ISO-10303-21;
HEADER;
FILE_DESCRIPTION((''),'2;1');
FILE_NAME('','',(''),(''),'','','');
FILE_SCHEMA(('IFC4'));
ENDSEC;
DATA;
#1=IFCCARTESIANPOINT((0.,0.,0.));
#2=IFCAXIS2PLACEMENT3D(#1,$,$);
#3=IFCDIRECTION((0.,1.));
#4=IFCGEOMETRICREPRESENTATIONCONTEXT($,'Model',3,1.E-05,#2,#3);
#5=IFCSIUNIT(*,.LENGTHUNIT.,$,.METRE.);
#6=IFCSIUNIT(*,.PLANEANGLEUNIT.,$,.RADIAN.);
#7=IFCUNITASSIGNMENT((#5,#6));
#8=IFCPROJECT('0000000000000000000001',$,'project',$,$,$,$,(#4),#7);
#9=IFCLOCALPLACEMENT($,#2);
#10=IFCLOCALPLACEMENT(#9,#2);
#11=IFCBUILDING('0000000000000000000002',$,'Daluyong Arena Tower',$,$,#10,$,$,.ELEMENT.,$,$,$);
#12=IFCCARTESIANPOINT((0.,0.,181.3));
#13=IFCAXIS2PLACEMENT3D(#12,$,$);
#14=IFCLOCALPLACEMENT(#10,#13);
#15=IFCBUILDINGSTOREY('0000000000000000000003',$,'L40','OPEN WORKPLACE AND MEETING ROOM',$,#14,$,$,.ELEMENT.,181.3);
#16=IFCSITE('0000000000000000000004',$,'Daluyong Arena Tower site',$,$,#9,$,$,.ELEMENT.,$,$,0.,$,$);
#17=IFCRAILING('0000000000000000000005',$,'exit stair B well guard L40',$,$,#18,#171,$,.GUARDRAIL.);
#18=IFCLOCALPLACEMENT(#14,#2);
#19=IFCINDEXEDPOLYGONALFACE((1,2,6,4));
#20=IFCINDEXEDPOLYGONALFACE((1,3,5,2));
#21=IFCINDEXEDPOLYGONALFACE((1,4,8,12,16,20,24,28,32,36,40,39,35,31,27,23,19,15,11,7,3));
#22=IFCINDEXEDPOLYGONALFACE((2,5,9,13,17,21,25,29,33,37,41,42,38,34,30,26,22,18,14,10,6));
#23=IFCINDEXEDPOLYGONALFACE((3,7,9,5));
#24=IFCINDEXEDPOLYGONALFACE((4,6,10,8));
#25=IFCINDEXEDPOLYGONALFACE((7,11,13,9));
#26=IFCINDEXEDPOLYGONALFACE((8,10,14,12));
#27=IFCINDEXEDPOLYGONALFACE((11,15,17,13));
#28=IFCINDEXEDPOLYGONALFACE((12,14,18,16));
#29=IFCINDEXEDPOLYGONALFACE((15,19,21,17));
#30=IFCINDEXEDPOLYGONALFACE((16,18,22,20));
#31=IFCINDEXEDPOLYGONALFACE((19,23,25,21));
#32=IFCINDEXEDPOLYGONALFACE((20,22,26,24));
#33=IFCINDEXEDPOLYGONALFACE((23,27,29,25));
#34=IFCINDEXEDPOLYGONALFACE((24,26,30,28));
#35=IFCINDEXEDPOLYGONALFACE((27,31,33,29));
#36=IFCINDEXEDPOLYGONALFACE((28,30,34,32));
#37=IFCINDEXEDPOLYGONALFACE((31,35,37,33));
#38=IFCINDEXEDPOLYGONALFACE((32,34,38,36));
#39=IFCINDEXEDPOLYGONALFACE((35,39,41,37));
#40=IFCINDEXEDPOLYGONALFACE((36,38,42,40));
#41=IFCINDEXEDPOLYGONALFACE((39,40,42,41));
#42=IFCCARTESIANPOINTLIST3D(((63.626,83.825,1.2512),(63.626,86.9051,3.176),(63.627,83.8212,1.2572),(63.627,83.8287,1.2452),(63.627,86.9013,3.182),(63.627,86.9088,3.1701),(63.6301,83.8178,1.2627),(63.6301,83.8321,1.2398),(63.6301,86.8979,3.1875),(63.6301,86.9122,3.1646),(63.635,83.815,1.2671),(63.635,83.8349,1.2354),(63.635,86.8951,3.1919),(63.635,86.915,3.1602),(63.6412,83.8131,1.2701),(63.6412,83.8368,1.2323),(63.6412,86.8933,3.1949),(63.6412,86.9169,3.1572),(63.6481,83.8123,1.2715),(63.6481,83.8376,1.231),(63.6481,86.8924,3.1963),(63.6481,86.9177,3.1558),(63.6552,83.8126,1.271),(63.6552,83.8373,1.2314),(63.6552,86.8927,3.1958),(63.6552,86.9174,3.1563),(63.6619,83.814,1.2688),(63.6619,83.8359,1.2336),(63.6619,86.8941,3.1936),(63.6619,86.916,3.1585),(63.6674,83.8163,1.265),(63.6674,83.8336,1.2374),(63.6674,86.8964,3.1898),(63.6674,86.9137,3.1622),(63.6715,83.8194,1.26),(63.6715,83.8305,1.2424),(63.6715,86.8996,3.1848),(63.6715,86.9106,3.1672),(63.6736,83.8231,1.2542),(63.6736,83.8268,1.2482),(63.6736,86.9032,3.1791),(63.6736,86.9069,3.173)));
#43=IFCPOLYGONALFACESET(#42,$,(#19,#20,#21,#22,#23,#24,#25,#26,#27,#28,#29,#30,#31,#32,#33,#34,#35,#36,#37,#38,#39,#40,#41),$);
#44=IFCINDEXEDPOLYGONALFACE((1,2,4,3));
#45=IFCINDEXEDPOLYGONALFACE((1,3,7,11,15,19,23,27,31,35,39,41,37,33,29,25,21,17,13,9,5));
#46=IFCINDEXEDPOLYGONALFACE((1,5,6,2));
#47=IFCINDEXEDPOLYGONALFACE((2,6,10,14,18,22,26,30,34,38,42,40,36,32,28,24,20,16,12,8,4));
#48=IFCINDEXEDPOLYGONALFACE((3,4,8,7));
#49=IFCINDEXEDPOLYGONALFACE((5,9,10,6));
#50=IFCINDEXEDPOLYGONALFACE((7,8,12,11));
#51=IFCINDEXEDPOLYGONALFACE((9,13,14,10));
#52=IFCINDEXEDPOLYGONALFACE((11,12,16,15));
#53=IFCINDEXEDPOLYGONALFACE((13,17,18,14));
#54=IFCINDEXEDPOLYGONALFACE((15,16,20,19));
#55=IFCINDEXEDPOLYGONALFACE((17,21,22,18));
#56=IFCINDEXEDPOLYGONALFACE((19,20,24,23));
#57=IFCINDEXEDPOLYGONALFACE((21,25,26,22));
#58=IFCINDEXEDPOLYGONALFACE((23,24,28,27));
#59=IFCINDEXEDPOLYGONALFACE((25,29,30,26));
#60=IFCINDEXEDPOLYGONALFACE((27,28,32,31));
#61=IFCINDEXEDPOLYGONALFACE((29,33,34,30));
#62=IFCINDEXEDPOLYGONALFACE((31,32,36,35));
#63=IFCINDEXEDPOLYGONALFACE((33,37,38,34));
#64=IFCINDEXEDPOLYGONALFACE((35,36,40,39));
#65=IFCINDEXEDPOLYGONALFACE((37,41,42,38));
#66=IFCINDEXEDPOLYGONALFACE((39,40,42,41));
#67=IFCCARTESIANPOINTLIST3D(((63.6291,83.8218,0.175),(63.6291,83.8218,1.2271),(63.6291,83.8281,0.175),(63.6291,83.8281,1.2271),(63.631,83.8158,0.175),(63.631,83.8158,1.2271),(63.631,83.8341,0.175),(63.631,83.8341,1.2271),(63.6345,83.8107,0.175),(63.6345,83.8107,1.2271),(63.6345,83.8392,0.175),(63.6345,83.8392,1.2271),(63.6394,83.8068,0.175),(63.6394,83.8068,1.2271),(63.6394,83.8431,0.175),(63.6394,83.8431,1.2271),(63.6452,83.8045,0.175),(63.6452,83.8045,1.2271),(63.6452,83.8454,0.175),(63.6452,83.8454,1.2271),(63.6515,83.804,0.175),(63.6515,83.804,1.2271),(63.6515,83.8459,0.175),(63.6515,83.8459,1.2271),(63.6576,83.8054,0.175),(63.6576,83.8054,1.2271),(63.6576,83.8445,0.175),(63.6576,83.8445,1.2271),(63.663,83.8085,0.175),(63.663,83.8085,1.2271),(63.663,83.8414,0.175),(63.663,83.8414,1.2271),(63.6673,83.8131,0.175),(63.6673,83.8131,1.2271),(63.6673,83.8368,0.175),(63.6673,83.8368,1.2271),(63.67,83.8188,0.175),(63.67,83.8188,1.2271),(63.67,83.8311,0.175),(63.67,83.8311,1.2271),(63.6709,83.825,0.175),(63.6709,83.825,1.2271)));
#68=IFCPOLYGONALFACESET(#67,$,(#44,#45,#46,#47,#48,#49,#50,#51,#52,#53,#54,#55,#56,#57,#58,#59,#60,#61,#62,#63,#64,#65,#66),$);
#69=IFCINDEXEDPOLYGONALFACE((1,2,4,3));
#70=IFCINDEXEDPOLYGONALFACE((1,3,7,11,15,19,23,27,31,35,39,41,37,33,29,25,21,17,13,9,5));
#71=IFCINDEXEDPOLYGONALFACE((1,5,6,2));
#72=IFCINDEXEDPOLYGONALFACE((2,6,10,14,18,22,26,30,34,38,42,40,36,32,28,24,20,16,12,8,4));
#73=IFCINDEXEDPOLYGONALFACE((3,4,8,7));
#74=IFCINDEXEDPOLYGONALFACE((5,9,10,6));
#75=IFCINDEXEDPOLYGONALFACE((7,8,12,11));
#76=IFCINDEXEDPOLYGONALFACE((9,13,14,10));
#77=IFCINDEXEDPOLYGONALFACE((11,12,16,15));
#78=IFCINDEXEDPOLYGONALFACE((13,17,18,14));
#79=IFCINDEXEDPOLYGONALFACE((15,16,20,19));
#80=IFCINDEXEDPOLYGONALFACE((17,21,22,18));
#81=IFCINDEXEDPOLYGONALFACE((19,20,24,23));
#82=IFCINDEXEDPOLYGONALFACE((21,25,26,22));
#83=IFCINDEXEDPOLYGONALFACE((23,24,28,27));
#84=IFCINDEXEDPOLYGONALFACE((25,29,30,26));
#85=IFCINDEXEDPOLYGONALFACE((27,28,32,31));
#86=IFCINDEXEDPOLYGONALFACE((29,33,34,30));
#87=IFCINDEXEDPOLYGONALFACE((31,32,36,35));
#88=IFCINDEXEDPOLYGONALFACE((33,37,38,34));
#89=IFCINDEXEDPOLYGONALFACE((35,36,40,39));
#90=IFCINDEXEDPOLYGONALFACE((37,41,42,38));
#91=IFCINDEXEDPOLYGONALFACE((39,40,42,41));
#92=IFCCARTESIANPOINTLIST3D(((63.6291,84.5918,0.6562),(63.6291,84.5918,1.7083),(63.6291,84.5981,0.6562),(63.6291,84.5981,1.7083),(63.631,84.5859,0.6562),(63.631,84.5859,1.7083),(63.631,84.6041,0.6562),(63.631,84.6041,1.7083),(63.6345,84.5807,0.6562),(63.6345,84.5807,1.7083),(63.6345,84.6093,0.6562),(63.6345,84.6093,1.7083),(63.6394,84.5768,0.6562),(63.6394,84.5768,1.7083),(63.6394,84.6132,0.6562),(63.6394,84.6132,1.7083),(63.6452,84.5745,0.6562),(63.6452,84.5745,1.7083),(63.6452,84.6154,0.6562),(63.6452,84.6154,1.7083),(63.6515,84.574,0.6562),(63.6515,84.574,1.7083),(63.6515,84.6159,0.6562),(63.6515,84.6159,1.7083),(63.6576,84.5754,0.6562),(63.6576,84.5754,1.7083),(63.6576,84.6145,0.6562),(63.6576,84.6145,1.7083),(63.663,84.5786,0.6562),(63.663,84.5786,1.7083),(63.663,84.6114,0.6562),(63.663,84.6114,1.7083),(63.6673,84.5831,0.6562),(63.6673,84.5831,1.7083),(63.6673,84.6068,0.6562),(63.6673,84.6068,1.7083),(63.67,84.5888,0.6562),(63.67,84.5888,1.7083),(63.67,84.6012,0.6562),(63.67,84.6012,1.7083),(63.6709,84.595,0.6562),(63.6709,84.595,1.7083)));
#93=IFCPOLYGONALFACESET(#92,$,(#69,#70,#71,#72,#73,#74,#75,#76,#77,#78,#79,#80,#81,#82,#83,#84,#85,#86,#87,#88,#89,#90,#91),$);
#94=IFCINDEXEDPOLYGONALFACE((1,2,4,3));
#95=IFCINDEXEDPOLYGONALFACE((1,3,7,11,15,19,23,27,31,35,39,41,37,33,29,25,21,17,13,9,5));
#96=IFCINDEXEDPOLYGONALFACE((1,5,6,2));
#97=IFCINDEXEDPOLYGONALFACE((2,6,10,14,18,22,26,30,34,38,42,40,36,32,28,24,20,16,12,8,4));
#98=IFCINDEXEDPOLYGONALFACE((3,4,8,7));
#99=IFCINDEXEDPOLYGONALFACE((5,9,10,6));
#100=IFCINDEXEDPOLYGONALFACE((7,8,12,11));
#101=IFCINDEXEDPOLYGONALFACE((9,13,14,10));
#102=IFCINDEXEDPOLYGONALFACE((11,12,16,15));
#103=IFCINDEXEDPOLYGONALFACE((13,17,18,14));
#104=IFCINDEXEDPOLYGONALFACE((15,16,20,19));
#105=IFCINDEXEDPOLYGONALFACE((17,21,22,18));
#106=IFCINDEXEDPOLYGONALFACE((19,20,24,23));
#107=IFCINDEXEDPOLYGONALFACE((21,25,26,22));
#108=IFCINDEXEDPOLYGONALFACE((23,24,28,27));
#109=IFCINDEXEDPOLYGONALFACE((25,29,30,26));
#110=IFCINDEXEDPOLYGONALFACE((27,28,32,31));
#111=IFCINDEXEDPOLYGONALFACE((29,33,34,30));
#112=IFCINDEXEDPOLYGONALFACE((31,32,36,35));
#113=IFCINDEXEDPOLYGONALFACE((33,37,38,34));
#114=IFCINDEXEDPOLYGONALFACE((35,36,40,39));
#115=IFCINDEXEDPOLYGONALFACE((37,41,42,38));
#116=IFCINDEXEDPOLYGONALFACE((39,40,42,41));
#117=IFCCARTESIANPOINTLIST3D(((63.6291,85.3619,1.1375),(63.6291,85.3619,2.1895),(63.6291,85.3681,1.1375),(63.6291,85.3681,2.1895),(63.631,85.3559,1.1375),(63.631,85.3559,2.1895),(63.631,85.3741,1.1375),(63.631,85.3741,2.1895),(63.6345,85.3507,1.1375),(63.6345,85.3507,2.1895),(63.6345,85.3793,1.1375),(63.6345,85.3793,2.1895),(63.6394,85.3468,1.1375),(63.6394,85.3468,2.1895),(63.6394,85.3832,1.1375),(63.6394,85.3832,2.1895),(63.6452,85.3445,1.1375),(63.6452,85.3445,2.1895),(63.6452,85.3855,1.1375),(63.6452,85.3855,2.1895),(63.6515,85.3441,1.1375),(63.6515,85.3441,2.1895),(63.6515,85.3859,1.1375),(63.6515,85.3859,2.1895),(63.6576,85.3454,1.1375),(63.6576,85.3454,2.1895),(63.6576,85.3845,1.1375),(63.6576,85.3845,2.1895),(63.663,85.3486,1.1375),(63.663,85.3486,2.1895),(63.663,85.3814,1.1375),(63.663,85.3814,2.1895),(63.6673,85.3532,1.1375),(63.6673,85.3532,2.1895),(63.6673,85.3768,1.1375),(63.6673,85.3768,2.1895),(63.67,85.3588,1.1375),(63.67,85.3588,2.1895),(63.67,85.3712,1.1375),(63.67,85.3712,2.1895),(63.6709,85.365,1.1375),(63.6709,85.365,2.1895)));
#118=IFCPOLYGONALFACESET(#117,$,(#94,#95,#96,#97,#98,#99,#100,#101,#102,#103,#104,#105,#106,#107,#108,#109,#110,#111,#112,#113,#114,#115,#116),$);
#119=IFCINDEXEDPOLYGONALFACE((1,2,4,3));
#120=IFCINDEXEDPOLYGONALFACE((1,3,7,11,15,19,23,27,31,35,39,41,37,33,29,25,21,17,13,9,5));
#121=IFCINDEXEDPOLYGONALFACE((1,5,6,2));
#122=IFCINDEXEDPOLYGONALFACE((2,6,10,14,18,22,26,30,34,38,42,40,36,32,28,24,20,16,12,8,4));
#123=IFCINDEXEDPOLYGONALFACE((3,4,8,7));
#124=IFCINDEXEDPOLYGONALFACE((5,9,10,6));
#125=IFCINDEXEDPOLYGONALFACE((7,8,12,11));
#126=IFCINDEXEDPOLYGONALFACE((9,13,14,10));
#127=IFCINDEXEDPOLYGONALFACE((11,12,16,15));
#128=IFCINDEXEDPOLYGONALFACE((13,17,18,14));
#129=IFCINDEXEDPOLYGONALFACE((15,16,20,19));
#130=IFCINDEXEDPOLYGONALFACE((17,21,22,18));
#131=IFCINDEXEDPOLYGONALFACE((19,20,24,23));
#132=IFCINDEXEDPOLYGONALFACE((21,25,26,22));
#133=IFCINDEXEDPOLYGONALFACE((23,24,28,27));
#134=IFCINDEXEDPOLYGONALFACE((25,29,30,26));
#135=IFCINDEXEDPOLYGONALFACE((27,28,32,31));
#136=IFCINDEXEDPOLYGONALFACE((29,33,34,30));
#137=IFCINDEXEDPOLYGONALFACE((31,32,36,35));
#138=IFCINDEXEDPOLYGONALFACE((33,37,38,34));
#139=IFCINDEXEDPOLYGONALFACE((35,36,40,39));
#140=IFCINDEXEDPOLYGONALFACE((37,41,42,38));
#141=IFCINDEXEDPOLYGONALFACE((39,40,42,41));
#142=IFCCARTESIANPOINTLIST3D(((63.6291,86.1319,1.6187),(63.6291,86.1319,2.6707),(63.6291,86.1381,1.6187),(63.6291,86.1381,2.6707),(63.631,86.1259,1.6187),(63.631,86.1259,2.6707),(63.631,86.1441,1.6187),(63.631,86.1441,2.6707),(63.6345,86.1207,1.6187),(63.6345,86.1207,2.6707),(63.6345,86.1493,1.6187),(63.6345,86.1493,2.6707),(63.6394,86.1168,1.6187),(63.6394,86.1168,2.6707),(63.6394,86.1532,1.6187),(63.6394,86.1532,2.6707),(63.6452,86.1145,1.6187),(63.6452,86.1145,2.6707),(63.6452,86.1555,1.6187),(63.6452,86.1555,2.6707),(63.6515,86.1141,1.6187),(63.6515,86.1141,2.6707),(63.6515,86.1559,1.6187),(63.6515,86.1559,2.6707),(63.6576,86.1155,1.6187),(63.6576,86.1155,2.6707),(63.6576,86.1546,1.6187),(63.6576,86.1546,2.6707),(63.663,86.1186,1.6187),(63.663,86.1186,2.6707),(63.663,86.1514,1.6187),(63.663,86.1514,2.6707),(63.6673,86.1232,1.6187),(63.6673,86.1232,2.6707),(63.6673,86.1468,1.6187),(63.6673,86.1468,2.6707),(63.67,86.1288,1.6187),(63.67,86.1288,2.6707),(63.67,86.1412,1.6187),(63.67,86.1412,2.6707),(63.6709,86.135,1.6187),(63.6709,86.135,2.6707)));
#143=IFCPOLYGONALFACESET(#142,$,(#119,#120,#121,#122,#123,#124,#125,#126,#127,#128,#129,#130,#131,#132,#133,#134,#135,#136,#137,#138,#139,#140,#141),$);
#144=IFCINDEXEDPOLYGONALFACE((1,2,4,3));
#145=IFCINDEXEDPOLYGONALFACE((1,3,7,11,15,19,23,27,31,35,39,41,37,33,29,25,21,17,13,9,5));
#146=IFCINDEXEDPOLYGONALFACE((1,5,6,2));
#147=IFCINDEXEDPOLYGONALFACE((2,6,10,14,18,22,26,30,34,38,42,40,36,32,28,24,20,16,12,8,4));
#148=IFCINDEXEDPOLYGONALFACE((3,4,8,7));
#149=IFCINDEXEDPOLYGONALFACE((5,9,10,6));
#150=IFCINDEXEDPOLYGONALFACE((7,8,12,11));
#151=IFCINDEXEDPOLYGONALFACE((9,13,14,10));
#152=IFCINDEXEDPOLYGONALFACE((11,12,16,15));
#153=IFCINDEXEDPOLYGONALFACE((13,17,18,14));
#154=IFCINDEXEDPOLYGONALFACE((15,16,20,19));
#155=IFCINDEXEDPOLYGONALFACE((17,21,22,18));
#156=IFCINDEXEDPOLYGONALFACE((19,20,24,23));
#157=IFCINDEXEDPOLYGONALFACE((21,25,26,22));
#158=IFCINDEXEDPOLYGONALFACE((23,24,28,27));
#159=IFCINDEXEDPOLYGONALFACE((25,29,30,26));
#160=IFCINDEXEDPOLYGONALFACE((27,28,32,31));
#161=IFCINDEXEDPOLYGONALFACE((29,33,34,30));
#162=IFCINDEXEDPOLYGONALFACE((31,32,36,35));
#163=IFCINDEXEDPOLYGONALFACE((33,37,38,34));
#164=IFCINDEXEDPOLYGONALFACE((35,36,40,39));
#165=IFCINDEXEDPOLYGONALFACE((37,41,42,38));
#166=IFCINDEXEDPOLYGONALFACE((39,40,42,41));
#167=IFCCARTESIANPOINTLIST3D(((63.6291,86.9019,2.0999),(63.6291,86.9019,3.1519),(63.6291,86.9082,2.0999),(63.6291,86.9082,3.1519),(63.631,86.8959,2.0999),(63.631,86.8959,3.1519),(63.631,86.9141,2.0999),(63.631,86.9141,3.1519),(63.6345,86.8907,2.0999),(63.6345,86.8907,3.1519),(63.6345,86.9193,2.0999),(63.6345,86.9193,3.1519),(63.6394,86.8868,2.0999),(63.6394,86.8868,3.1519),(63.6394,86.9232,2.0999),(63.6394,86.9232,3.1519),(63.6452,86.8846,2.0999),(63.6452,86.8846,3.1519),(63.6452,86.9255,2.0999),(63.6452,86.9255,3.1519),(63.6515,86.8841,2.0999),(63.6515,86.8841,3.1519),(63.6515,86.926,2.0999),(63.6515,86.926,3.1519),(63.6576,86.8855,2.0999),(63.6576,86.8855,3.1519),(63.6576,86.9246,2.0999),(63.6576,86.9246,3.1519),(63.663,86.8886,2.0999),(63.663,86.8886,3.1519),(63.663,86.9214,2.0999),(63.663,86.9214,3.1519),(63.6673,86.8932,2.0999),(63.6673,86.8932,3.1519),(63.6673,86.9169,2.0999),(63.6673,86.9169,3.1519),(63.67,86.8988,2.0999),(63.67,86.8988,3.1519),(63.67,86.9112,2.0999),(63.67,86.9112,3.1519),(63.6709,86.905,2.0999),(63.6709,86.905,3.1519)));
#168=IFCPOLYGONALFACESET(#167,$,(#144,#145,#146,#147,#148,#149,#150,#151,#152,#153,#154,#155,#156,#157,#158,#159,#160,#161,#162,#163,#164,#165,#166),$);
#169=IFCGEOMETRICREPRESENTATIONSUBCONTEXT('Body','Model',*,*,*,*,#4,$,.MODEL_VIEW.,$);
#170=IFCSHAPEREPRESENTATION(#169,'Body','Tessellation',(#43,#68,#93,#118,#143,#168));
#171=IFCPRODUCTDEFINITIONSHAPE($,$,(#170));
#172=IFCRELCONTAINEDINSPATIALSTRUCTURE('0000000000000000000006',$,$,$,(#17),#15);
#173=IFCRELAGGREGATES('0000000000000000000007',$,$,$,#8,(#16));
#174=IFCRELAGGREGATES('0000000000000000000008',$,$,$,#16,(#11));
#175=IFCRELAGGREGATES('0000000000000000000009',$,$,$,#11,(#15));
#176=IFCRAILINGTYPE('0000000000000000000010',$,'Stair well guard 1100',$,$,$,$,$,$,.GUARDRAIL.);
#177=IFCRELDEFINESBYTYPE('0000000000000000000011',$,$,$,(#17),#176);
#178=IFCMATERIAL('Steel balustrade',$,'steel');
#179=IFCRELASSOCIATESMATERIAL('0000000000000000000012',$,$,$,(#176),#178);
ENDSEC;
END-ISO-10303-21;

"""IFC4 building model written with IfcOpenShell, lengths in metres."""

from ifc_helpers import new_model, si_unit, direction, frame, origin, origin_2d, place, context, subcontext, project, spatial, circle, extrude, material, type_object, element, save


model = new_model("IFC4")

# Units and contexts
model_context = context("Model", 3, precision=1e-05, world=origin(), true_north=direction((0.0, 1.0)))
body_context = subcontext(model_context, "Body", "Model", "MODEL_VIEW")
ifc_project = project(units=[si_unit("LENGTHUNIT", "METRE"), si_unit("PLANEANGLEUNIT", "RADIAN")], contexts=[model_context])

# Site, building, storey
site_placement = place(None, origin())
site = spatial("IfcSite", under=ifc_project, at=site_placement, Name="Daluyong Arena Tower site", CompositionType="ELEMENT", RefElevation=0.0)
building_placement = place(site_placement, origin())
building = spatial("IfcBuilding", under=site, at=building_placement, Name="Daluyong Arena Tower", CompositionType="ELEMENT")
storey_placement = place(building_placement, frame((0.0, 0.0, 181.3)))
storey = spatial("IfcBuildingStorey", under=building, at=storey_placement, Name="L40", Description="OPEN WORKPLACE AND MEETING ROOM", CompositionType="ELEMENT", Elevation=181.3)

# Railing
ifc_material_1 = material(Name="Steel balustrade", Category="steel")
railing_type_1 = type_object("IfcRailingType", Name="Stair well guard 1100", PredefinedType="GUARDRAIL", material=ifc_material_1)
railing_1_placement = place(storey_placement, frame((63.6499, 83.825, 0.175)))
element("IfcRailing", 1, at=railing_1_placement, inside=storey, type_object=railing_type_1, Name="exit stair B well guard L40", PredefinedType="GUARDRAIL", context=body_context, shape_type="SweptSolid", body=[
    extrude(circle(Radius=0.0239, at=origin_2d()), frame((0.0, 0.0, 1.0762), z_axis=(0.0, 0.848029, 0.529951), x_axis=(-1.0, 0.0, 0.0)), (0.0, 0.0, 1.0), 3.6321),
    extrude(circle(Radius=0.021, at=origin_2d()), origin(), (0.0, 0.0, 1.0), 1.052),
    extrude(circle(Radius=0.021, at=origin_2d()), frame((0.0, 0.77, 0.4812)), (0.0, 0.0, 1.0), 1.052),
    extrude(circle(Radius=0.021, at=origin_2d()), frame((0.0, 1.54, 0.9624)), (0.0, 0.0, 1.0), 1.052),
    extrude(circle(Radius=0.021, at=origin_2d()), frame((0.0, 2.3101, 1.4436)), (0.0, 0.0, 1.0), 1.052),
    extrude(circle(Radius=0.021, at=origin_2d()), frame((0.0, 3.0801, 1.9248)), (0.0, 0.0, 1.0), 1.052),
])

save(model, "model.ifc")
